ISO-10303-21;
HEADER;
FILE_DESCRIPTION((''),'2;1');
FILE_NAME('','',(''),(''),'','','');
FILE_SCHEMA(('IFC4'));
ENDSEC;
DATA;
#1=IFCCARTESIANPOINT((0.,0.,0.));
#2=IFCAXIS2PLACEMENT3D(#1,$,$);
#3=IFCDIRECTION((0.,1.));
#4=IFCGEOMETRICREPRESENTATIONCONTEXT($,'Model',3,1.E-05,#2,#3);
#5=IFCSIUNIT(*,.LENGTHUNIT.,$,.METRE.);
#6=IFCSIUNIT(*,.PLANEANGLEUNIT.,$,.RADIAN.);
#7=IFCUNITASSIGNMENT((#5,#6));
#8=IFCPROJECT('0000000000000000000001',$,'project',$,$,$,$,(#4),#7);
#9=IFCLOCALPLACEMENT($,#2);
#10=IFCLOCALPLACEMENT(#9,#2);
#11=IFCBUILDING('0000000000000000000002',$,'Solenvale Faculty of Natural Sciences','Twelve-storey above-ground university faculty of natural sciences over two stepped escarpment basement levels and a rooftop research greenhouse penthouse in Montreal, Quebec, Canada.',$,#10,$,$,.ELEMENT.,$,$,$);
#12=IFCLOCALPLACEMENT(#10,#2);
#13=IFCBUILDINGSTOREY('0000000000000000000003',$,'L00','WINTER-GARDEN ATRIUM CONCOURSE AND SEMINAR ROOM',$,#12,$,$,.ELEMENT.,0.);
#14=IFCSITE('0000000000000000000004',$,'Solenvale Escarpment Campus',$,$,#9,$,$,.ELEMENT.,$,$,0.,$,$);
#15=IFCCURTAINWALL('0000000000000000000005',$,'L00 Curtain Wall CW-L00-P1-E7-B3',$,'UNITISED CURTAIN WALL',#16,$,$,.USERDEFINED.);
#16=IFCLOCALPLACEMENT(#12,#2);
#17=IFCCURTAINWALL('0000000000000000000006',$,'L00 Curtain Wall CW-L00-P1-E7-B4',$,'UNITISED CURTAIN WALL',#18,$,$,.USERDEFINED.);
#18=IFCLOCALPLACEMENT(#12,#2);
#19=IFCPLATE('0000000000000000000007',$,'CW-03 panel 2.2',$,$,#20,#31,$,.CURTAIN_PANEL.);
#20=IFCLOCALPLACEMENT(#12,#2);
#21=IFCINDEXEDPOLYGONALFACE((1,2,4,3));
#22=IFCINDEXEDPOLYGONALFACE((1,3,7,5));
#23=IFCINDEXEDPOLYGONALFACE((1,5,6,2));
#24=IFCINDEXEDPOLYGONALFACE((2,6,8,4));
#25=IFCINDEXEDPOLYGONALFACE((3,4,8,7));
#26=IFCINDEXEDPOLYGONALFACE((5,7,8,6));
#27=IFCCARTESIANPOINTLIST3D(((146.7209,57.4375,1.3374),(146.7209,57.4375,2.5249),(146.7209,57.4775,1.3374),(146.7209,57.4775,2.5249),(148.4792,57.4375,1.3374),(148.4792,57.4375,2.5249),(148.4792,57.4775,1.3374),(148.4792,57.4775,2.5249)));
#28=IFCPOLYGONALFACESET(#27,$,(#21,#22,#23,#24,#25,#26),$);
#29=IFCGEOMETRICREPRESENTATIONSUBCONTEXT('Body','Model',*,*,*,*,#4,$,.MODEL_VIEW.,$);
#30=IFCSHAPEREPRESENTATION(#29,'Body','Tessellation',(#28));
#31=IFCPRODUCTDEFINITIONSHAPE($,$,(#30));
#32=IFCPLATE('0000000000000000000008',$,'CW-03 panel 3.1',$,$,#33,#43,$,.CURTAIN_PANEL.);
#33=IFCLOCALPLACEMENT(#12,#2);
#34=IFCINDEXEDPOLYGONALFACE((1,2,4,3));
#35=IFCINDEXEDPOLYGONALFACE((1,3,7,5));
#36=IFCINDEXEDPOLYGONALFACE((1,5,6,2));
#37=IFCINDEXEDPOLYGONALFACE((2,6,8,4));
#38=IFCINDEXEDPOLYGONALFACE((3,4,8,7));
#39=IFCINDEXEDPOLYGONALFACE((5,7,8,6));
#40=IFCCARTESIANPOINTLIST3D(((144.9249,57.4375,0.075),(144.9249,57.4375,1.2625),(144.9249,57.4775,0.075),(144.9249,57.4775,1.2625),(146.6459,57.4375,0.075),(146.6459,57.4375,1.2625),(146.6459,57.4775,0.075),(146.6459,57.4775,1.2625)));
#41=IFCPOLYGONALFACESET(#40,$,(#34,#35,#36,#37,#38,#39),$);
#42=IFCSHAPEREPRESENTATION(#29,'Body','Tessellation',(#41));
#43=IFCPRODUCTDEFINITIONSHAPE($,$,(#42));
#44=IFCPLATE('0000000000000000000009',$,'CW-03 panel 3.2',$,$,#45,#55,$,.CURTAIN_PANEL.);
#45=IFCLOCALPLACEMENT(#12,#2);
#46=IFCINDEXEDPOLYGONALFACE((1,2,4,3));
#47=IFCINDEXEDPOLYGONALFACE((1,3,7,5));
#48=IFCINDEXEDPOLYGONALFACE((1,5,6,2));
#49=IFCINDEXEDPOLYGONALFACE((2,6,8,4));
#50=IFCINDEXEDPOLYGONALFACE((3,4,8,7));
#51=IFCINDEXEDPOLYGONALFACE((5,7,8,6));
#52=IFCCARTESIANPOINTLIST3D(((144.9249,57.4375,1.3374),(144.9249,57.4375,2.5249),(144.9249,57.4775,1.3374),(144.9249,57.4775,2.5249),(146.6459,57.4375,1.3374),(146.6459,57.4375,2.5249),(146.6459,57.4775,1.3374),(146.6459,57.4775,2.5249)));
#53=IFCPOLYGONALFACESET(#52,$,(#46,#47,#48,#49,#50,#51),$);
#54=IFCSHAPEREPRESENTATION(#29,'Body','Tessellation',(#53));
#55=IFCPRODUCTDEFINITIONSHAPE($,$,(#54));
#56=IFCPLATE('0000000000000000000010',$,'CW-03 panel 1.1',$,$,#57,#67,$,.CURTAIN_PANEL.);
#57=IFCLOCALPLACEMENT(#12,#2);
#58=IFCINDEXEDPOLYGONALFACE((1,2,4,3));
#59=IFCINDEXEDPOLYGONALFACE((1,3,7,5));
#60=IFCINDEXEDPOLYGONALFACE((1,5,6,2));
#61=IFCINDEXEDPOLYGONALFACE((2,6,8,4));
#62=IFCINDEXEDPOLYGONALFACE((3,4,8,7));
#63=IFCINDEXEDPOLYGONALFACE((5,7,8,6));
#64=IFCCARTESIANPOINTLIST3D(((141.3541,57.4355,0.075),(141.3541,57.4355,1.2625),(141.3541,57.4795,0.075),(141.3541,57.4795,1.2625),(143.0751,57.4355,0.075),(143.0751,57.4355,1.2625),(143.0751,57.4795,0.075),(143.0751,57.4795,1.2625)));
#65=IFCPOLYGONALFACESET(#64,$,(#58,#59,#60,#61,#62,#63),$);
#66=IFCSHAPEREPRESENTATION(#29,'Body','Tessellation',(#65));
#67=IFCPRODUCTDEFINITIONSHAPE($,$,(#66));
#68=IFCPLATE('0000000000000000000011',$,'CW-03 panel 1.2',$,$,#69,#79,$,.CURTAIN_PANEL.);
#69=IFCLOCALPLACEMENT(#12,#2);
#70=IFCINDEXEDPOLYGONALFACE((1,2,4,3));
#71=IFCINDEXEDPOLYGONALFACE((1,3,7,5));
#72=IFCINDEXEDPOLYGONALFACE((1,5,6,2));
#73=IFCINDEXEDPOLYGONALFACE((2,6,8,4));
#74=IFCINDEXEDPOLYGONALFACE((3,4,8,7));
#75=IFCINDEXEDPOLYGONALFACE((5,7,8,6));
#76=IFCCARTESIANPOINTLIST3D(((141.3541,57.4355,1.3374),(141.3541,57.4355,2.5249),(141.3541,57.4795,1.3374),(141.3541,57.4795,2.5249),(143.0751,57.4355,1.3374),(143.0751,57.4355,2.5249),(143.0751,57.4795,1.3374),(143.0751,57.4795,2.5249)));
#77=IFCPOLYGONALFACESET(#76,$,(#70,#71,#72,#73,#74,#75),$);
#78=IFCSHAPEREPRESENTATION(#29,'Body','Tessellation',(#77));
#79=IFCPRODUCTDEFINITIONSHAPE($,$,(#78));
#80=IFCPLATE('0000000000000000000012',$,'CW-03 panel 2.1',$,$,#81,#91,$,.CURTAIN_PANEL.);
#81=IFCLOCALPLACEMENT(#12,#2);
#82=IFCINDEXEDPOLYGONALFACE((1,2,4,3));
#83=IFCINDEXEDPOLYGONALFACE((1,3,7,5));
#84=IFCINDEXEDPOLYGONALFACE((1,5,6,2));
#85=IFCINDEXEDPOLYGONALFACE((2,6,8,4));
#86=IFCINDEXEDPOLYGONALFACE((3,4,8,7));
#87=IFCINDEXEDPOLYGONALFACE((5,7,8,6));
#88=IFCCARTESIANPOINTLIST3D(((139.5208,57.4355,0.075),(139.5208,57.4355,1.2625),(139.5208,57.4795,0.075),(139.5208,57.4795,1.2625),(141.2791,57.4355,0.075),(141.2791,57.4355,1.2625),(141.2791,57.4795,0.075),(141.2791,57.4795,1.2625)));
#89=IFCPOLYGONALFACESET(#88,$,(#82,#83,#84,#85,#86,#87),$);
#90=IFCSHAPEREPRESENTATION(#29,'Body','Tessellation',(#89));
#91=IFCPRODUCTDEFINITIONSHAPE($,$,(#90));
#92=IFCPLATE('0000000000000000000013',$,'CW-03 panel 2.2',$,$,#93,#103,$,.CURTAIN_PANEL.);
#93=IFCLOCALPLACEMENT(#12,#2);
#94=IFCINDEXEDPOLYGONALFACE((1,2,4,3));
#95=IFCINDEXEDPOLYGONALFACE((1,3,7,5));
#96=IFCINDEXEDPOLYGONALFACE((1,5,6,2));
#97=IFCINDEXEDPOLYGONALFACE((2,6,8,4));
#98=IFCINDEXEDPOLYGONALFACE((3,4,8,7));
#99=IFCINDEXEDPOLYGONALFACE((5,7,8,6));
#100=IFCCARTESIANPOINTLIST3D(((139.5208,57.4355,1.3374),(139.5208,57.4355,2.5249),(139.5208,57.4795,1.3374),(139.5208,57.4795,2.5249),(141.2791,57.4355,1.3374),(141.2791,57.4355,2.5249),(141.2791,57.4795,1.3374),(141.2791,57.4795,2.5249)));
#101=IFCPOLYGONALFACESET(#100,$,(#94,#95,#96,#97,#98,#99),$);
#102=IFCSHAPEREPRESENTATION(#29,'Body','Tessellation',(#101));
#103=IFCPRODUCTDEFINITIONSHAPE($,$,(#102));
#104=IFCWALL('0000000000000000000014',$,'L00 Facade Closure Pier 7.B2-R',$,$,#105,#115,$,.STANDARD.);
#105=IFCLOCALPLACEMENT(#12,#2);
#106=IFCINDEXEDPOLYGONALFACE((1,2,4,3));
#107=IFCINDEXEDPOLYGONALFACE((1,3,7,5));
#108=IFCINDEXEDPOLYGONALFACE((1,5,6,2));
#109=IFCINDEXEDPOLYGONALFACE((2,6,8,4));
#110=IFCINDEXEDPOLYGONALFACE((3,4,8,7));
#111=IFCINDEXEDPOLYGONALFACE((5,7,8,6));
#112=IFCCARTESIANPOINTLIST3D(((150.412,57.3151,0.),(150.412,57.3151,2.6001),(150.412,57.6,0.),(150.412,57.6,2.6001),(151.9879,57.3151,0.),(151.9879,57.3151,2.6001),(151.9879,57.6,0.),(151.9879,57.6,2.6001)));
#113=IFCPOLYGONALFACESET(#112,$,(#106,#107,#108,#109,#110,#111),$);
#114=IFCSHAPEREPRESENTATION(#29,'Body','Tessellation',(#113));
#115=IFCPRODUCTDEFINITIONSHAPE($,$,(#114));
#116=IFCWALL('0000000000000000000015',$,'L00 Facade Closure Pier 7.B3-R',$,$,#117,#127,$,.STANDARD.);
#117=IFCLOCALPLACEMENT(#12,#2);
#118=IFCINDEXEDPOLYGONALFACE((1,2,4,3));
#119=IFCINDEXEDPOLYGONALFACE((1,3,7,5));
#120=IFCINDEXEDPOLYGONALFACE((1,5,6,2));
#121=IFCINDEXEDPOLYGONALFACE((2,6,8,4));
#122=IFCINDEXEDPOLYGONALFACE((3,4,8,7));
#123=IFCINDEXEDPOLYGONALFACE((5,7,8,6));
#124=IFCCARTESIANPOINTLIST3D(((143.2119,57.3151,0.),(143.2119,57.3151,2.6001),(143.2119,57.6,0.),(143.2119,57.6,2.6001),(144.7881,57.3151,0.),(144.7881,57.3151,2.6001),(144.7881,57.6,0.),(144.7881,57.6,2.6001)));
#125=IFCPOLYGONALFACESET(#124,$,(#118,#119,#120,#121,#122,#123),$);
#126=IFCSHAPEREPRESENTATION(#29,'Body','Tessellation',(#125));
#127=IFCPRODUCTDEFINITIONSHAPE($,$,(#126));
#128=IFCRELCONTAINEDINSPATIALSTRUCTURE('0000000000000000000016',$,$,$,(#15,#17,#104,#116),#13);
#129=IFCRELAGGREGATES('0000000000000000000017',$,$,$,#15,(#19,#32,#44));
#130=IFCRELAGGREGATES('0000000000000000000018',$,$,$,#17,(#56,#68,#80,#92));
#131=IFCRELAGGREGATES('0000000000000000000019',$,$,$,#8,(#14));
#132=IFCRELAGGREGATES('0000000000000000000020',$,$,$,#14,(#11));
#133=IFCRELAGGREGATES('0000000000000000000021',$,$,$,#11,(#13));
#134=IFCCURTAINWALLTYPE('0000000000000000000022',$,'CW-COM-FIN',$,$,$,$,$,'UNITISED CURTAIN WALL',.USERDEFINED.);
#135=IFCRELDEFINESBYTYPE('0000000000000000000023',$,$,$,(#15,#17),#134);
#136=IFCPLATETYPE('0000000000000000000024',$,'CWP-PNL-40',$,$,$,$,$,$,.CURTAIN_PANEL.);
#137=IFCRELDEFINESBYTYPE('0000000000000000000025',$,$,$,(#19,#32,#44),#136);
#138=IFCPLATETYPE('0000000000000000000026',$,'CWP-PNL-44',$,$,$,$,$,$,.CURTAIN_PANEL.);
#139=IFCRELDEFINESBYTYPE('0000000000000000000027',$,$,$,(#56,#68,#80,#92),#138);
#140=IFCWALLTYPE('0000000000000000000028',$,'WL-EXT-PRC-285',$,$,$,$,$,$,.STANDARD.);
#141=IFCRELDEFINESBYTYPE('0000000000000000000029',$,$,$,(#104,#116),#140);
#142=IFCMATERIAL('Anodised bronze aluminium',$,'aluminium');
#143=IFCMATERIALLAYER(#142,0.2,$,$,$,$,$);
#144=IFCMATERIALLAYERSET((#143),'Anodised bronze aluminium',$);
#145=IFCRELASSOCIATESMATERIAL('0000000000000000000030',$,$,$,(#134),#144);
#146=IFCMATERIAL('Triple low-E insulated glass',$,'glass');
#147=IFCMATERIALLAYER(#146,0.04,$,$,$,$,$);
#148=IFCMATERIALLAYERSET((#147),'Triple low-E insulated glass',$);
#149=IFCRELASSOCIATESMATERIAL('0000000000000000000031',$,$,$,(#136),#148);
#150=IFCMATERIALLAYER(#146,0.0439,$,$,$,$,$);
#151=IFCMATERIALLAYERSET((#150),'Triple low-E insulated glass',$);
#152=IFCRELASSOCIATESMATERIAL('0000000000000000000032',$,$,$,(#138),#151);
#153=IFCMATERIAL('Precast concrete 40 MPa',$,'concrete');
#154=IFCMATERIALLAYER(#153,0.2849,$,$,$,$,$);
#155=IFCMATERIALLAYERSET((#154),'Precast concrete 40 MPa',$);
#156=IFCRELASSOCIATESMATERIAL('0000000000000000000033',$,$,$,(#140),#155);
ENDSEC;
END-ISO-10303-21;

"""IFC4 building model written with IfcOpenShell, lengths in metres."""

from ifc_helpers import new_model, si_unit, direction, frame, frame_2d, origin, origin_2d, place, context, subcontext, project, spatial, rectangle, extrude, material, layer, layer_set, type_object, element, aggregate, save


model = new_model("IFC4")

# Units and contexts
model_context = context("Model", 3, precision=1e-05, world=origin(), true_north=direction((0.0, 1.0)))
body_context = subcontext(model_context, "Body", "Model", "MODEL_VIEW")
ifc_project = project(units=[si_unit("LENGTHUNIT", "METRE"), si_unit("PLANEANGLEUNIT", "RADIAN")], contexts=[model_context])

# Site, building, storey
site_placement = place(None, origin())
site = spatial("IfcSite", under=ifc_project, at=site_placement, Name="Solenvale Escarpment Campus", CompositionType="ELEMENT", RefElevation=0.0)
building_placement = place(site_placement, origin())
building = spatial("IfcBuilding", under=site, at=building_placement, Name="Solenvale Faculty of Natural Sciences", Description="Twelve-storey above-ground university faculty of natural sciences over two stepped escarpment basement levels and a rooftop research greenhouse penthouse in Montreal, Quebec, Canada.", CompositionType="ELEMENT")
storey_placement = place(building_placement, origin())
storey = spatial("IfcBuildingStorey", under=building, at=storey_placement, Name="L00", Description="WINTER-GARDEN ATRIUM CONCOURSE AND SEMINAR ROOM", CompositionType="ELEMENT", Elevation=0.0)

# Curtain walls
ifc_material_1 = material(Name="Anodised bronze aluminium", Category="aluminium")
ifc_layer_1 = layer(ifc_material_1, 0.2)
ifc_layer_set_1 = layer_set([ifc_layer_1], Name="Anodised bronze aluminium")
curtain_wall_type = type_object("IfcCurtainWallType", Name="CW-COM-FIN", ElementType="UNITISED CURTAIN WALL", PredefinedType="USERDEFINED", material=ifc_layer_set_1)
curtain_wall_1_placement = place(storey_placement, origin())
curtain_wall_1 = element("IfcCurtainWall", 1, at=curtain_wall_1_placement, inside=storey, type_object=curtain_wall_type, Name="L00 Curtain Wall CW-L00-P1-E7-B3", ObjectType="UNITISED CURTAIN WALL", PredefinedType="USERDEFINED")
curtain_wall_2_placement = place(storey_placement, origin())
curtain_wall_2 = element("IfcCurtainWall", 2, at=curtain_wall_2_placement, inside=storey, type_object=curtain_wall_type, Name="L00 Curtain Wall CW-L00-P1-E7-B4", ObjectType="UNITISED CURTAIN WALL", PredefinedType="USERDEFINED")

# Plates
ifc_material_2 = material(Name="Triple low-E insulated glass", Category="glass")
ifc_layer_2 = layer(ifc_material_2, 0.04)
ifc_layer_set_2 = layer_set([ifc_layer_2], Name="Triple low-E insulated glass")
plate_type_1 = type_object("IfcPlateType", Name="CWP-PNL-40", PredefinedType="CURTAIN_PANEL", material=ifc_layer_set_2)
plate_1_placement = place(storey_placement, frame((147.6001, 57.4575, 1.3374), z_axis=(0.0, 0.0, 1.0), x_axis=(-1.0, 0.0, 0.0)))
plate_1 = element("IfcPlate", 3, at=plate_1_placement, type_object=plate_type_1, Name="CW-03 panel 2.2", PredefinedType="CURTAIN_PANEL", context=body_context, shape_type="SweptSolid", body=[
    extrude(rectangle(XDim=1.7583, YDim=0.04, at=origin_2d()), origin(), (0.0, 0.0, 1.0), 1.1875),
])
plate_2_placement = place(storey_placement, frame((145.7854, 57.4575, 0.075), z_axis=(0.0, 0.0, 1.0), x_axis=(-1.0, 0.0, 0.0)))
plate_2 = element("IfcPlate", 4, at=plate_2_placement, type_object=plate_type_1, Name="CW-03 panel 3.1", PredefinedType="CURTAIN_PANEL", context=body_context, shape_type="SweptSolid", body=[
    extrude(rectangle(XDim=1.7209, YDim=0.04, at=origin_2d()), origin(), (0.0, 0.0, 1.0), 1.1875),
])
plate_3_placement = place(storey_placement, frame((145.7854, 57.4575, 1.3374), z_axis=(0.0, 0.0, 1.0), x_axis=(-1.0, 0.0, 0.0)))
plate_3 = element("IfcPlate", 5, at=plate_3_placement, type_object=plate_type_1, Name="CW-03 panel 3.2", PredefinedType="CURTAIN_PANEL", context=body_context, shape_type="SweptSolid", body=[
    extrude(rectangle(XDim=1.7209, YDim=0.04, at=origin_2d()), origin(), (0.0, 0.0, 1.0), 1.1875),
])
aggregate(curtain_wall_1, [plate_1, plate_2, plate_3])
ifc_layer_3 = layer(ifc_material_2, 0.0439)
ifc_layer_set_3 = layer_set([ifc_layer_3], Name="Triple low-E insulated glass")
plate_type_2 = type_object("IfcPlateType", Name="CWP-PNL-44", PredefinedType="CURTAIN_PANEL", material=ifc_layer_set_3)
plate_4_placement = place(storey_placement, frame((142.2146, 57.4575, 0.075), z_axis=(0.0, 0.0, 1.0), x_axis=(-1.0, 0.0, 0.0)))
plate_4 = element("IfcPlate", 6, at=plate_4_placement, type_object=plate_type_2, Name="CW-03 panel 1.1", PredefinedType="CURTAIN_PANEL", context=body_context, shape_type="SweptSolid", body=[
    extrude(rectangle(XDim=1.7209, YDim=0.0439, at=origin_2d()), origin(), (0.0, 0.0, 1.0), 1.1875),
])
plate_5_placement = place(storey_placement, frame((142.2146, 57.4575, 1.3374), z_axis=(0.0, 0.0, 1.0), x_axis=(-1.0, 0.0, 0.0)))
plate_5 = element("IfcPlate", 7, at=plate_5_placement, type_object=plate_type_2, Name="CW-03 panel 1.2", PredefinedType="CURTAIN_PANEL", context=body_context, shape_type="SweptSolid", body=[
    extrude(rectangle(XDim=1.7209, YDim=0.0439, at=origin_2d()), origin(), (0.0, 0.0, 1.0), 1.1875),
])
plate_6_placement = place(storey_placement, frame((140.3999, 57.4575, 0.075), z_axis=(0.0, 0.0, 1.0), x_axis=(-1.0, 0.0, 0.0)))
plate_6 = element("IfcPlate", 8, at=plate_6_placement, type_object=plate_type_2, Name="CW-03 panel 2.1", PredefinedType="CURTAIN_PANEL", context=body_context, shape_type="SweptSolid", body=[
    extrude(rectangle(XDim=1.7583, YDim=0.0439, at=origin_2d()), origin(), (0.0, 0.0, 1.0), 1.1875),
])
plate_7_placement = place(storey_placement, frame((140.3999, 57.4575, 1.3374), z_axis=(0.0, 0.0, 1.0), x_axis=(-1.0, 0.0, 0.0)))
plate_7 = element("IfcPlate", 9, at=plate_7_placement, type_object=plate_type_2, Name="CW-03 panel 2.2", PredefinedType="CURTAIN_PANEL", context=body_context, shape_type="SweptSolid", body=[
    extrude(rectangle(XDim=1.7583, YDim=0.0439, at=origin_2d()), origin(), (0.0, 0.0, 1.0), 1.1875),
])
aggregate(curtain_wall_2, [plate_4, plate_5, plate_6, plate_7])

# Walls
ifc_material_3 = material(Name="Precast concrete 40 MPa", Category="concrete")
ifc_layer_4 = layer(ifc_material_3, 0.2849)
ifc_layer_set_4 = layer_set([ifc_layer_4], Name="Precast concrete 40 MPa")
wall_type = type_object("IfcWallType", Name="WL-EXT-PRC-285", PredefinedType="STANDARD", material=ifc_layer_set_4)
wall_1_placement = place(storey_placement, frame((151.988, 57.4575, 0.0), z_axis=(0.0, 0.0, 1.0), x_axis=(-1.0, 0.0, 0.0)))
element("IfcWall", 10, at=wall_1_placement, inside=storey, type_object=wall_type, Name="L00 Facade Closure Pier 7.B2-R", PredefinedType="STANDARD", context=body_context, shape_type="SweptSolid", body=[
    extrude(rectangle(XDim=1.5759, YDim=0.2849, at=frame_2d((0.7881, 0.0))), origin(), (0.0, 0.0, 1.0), 2.6001),
])
wall_2_placement = place(storey_placement, frame((144.7881, 57.4575, 0.0), z_axis=(0.0, 0.0, 1.0), x_axis=(-1.0, 0.0, 0.0)))
element("IfcWall", 11, at=wall_2_placement, inside=storey, type_object=wall_type, Name="L00 Facade Closure Pier 7.B3-R", PredefinedType="STANDARD", context=body_context, shape_type="SweptSolid", body=[
    extrude(rectangle(XDim=1.5762, YDim=0.2849, at=frame_2d((0.7881, 0.0))), origin(), (0.0, 0.0, 1.0), 2.6001),
])

save(model, "model.ifc")
